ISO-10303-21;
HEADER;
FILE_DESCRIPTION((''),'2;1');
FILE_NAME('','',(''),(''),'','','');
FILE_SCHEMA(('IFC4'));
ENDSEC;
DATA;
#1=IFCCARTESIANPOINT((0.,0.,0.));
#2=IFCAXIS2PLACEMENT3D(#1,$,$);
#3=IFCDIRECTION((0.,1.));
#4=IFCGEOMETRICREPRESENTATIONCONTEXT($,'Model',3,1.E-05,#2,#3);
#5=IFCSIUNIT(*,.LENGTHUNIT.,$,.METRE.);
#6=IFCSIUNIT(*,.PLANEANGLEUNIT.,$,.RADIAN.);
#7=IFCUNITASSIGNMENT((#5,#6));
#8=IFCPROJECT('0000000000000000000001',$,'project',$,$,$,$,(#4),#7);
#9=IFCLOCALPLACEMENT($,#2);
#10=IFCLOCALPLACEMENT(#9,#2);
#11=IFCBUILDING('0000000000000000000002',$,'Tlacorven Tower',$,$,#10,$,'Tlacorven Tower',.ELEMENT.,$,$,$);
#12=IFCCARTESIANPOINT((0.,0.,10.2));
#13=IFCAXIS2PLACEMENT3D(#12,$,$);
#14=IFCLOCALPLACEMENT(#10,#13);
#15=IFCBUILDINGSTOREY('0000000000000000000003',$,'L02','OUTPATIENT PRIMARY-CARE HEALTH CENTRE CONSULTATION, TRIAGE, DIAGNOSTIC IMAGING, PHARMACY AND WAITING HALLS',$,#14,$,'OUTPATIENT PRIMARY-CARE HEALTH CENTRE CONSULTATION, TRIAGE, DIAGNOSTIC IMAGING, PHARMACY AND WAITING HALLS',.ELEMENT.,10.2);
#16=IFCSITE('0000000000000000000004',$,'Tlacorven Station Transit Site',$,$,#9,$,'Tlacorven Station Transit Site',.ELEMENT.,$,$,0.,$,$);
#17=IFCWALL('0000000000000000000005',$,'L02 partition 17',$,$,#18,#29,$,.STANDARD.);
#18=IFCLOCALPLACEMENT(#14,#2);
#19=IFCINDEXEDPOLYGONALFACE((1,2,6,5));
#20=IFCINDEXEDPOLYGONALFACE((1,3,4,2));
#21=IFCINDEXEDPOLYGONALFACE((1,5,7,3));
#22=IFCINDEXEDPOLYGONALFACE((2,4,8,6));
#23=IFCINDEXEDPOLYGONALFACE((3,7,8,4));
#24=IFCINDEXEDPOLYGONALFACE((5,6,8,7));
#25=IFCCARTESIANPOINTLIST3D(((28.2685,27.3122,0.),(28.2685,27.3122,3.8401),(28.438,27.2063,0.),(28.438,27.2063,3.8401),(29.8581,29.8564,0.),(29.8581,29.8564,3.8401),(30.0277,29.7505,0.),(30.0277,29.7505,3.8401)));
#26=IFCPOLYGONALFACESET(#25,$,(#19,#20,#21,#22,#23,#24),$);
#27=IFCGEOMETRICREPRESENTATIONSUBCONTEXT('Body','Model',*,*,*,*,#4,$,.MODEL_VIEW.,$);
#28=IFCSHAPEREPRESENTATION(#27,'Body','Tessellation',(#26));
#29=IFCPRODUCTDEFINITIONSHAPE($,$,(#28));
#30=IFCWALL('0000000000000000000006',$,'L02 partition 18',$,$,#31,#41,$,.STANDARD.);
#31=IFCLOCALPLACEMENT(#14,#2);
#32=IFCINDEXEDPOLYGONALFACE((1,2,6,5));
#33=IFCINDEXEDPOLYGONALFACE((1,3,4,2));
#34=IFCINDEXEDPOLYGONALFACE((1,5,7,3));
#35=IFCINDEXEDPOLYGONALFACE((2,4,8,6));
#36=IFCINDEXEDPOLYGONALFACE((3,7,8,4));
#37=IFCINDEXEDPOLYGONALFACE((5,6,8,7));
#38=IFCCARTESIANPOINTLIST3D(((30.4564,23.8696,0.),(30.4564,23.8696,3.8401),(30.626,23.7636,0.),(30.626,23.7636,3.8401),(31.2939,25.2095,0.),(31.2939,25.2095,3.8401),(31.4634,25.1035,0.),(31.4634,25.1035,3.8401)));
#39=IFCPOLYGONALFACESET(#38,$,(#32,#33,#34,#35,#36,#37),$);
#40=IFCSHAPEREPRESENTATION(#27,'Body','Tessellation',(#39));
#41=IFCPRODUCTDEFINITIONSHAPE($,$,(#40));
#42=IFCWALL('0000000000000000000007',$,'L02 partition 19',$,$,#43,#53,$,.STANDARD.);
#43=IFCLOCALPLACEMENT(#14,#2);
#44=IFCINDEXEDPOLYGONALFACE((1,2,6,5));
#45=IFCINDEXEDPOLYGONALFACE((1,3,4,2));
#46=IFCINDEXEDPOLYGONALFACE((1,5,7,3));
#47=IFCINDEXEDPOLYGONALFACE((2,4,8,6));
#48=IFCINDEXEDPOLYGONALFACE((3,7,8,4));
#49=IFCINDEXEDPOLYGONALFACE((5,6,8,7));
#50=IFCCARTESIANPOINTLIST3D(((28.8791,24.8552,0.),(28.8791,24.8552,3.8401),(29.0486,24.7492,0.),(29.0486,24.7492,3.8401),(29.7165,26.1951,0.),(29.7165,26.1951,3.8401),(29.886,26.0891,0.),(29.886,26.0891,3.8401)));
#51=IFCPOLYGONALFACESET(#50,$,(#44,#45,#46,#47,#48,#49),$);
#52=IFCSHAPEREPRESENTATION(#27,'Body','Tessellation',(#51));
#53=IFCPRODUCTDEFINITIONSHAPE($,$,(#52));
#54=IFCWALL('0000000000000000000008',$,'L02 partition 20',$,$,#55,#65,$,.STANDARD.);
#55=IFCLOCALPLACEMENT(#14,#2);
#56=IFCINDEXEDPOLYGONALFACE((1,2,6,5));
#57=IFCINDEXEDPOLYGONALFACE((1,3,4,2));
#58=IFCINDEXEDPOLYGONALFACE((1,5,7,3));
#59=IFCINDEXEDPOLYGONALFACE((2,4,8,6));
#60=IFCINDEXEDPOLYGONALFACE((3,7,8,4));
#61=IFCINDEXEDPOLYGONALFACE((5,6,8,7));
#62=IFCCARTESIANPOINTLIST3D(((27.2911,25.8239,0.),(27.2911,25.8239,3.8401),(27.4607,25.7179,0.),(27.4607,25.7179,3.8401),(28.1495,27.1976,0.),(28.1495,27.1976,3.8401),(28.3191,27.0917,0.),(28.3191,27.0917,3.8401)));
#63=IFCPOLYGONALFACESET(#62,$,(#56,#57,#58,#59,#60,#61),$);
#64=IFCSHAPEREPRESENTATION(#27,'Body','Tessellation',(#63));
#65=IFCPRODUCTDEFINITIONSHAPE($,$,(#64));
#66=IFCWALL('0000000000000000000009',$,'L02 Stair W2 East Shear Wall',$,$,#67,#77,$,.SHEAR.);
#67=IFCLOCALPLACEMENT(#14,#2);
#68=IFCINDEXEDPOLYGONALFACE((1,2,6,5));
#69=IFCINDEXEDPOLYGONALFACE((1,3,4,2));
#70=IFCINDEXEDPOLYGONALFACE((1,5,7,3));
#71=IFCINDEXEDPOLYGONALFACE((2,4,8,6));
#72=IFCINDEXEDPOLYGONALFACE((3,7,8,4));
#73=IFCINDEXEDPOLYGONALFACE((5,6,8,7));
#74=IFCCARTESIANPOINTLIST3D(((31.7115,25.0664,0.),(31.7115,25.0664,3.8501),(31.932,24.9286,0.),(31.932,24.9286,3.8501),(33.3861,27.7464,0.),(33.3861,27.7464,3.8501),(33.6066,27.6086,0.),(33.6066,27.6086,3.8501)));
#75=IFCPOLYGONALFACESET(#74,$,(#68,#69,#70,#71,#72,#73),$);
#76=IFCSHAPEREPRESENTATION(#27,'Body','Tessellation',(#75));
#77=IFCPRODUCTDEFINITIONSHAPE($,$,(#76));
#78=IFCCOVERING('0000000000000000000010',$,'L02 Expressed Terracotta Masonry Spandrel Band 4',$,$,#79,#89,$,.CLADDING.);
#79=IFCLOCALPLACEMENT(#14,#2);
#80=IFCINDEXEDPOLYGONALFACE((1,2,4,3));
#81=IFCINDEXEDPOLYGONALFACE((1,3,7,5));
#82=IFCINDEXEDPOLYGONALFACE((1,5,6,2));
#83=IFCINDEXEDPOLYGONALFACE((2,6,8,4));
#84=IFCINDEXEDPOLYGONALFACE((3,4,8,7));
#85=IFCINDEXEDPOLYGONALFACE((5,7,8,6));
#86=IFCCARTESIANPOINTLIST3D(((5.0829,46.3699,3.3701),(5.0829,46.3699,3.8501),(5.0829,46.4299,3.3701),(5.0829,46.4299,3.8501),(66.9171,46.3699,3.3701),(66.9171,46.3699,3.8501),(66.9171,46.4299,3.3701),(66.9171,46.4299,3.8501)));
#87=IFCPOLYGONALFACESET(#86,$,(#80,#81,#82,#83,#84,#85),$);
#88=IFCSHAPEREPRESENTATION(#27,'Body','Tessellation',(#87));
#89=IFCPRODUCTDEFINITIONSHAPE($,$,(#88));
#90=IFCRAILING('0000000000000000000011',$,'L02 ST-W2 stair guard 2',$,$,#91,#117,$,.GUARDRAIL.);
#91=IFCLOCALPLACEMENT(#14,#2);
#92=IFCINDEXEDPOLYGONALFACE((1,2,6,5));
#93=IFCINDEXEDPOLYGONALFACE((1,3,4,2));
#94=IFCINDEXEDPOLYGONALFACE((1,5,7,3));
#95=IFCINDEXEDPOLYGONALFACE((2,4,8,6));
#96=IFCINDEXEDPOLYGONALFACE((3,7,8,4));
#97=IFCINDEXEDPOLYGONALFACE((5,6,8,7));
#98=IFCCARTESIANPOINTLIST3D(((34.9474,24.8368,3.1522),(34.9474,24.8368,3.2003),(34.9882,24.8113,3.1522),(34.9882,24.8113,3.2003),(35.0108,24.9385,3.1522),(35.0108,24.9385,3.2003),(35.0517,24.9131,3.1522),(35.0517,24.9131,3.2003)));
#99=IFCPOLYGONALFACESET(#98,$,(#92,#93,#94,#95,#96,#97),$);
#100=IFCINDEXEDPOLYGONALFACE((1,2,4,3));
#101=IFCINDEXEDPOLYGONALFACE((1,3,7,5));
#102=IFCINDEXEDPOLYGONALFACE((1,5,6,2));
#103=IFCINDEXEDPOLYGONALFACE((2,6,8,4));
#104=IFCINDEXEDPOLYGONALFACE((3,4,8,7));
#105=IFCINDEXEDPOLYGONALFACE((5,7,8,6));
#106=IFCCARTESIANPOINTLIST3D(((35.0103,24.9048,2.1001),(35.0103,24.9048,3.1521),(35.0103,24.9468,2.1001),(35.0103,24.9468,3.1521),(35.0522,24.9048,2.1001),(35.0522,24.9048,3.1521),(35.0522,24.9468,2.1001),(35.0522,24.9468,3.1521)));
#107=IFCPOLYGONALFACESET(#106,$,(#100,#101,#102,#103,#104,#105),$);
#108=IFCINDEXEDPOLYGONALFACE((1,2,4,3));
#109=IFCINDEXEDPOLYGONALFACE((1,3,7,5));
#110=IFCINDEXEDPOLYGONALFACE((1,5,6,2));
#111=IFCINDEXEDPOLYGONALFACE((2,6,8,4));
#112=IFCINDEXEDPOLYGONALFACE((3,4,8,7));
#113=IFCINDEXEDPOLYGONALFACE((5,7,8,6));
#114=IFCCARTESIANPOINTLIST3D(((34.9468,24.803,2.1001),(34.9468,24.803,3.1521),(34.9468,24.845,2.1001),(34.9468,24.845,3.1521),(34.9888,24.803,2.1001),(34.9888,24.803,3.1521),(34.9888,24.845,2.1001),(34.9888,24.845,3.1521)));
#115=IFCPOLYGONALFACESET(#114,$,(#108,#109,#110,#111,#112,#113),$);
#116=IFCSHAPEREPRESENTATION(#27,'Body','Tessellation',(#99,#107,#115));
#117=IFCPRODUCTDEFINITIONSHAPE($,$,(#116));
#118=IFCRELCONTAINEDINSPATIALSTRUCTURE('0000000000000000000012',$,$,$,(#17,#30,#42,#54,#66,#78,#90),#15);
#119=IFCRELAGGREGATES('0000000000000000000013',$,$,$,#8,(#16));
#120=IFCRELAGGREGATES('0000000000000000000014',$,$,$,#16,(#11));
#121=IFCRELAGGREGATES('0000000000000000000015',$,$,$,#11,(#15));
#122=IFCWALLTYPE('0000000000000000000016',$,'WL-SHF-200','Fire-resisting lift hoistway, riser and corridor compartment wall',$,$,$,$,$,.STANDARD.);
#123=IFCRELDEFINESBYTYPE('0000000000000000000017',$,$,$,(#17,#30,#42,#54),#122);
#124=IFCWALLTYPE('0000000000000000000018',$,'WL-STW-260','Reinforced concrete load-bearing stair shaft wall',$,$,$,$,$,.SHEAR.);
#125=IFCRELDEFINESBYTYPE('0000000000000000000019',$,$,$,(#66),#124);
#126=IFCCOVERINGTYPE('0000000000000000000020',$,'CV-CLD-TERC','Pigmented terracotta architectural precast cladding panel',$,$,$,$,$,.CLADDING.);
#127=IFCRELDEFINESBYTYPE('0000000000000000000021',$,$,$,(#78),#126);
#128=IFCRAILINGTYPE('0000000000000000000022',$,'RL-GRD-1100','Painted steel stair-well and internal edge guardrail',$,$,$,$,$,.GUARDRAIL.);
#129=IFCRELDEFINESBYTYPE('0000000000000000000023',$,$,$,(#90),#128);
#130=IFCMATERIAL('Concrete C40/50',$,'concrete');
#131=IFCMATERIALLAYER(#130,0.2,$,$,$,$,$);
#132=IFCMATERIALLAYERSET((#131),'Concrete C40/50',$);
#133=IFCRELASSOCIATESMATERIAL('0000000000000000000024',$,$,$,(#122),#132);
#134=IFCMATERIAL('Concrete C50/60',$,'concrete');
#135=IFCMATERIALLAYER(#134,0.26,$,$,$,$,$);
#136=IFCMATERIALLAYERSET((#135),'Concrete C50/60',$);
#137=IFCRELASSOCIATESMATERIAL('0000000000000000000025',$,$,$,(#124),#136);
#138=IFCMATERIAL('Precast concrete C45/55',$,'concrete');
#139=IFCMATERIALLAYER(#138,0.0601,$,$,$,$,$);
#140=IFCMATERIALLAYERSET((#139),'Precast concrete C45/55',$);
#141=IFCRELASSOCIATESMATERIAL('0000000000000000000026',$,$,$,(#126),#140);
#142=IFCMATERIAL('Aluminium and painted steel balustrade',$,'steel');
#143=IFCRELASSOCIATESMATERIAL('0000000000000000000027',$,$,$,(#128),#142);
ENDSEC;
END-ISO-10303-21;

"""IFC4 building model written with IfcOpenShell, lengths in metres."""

from ifc_helpers import new_model, si_unit, direction, frame, frame_2d, origin, origin_2d, place, context, subcontext, project, spatial, rectangle, extrude, source, transform, mapped, material, layer, layer_set, type_object, element, save


model = new_model("IFC4")

# Units and contexts
model_context = context("Model", 3, precision=1e-05, world=origin(), true_north=direction((0.0, 1.0)))
body_context = subcontext(model_context, "Body", "Model", "MODEL_VIEW")
ifc_project = project(units=[si_unit("LENGTHUNIT", "METRE"), si_unit("PLANEANGLEUNIT", "RADIAN")], contexts=[model_context])

# Site, building, storey
site_placement = place(None, origin())
site = spatial("IfcSite", under=ifc_project, at=site_placement, Name="Tlacorven Station Transit Site", LongName="Tlacorven Station Transit Site", CompositionType="ELEMENT", RefElevation=0.0)
building_placement = place(site_placement, origin())
building = spatial("IfcBuilding", under=site, at=building_placement, Name="Tlacorven Tower", LongName="Tlacorven Tower", CompositionType="ELEMENT")
storey_placement = place(building_placement, frame((0.0, 0.0, 10.2)))
storey = spatial("IfcBuildingStorey", under=building, at=storey_placement, Name="L02", Description="OUTPATIENT PRIMARY-CARE HEALTH CENTRE CONSULTATION, TRIAGE, DIAGNOSTIC IMAGING, PHARMACY AND WAITING HALLS", LongName="OUTPATIENT PRIMARY-CARE HEALTH CENTRE CONSULTATION, TRIAGE, DIAGNOSTIC IMAGING, PHARMACY AND WAITING HALLS", CompositionType="ELEMENT", Elevation=10.2)

# Walls
ifc_material_1 = material(Name="Concrete C40/50", Category="concrete")
ifc_layer_1 = layer(ifc_material_1, 0.2)
ifc_layer_set_1 = layer_set([ifc_layer_1], Name="Concrete C40/50")
wall_type_1 = type_object("IfcWallType", Name="WL-SHF-200", Description="Fire-resisting lift hoistway, riser and corridor compartment wall", PredefinedType="STANDARD", material=ifc_layer_set_1)
wall_1_placement = place(storey_placement, frame((29.9429, 29.8035, 0.0), z_axis=(0.0, 0.0, 1.0), x_axis=(-0.529875, -0.848076, 0.0)))
element("IfcWall", 1, at=wall_1_placement, inside=storey, type_object=wall_type_1, Name="L02 partition 17", PredefinedType="STANDARD", context=body_context, shape_type="SweptSolid", body=[
    extrude(rectangle(XDim=3.0, YDim=0.2, at=frame_2d((1.5, 0.0))), origin(), (0.0, 0.0, 1.0), 3.8401),
])
for number, where, z_axis, x_axis, name in (
    (2, (31.3787, 25.1565, 0.0), (0.0, 0.0, 1.0), (-0.529999, -0.847998, 0.0), "L02 partition 18"),
    (3, (29.8013, 26.1421, 0.0), (0.0, 0.0, 1.0), (-0.529999, -0.847998, 0.0), "L02 partition 19"),
):
    element("IfcWall", number, at=place(storey_placement, frame(where, z_axis=z_axis, x_axis=x_axis)), inside=storey, type_object=wall_type_1, Name=name, PredefinedType="STANDARD", context=body_context, shape_type="SweptSolid", body=[
        extrude(rectangle(XDim=1.5801, YDim=0.2, at=frame_2d((0.79, 0.0))), origin(), (0.0, 0.0, 1.0), 3.8401),
    ])
wall_2_placement = place(storey_placement, frame((28.2344, 27.1448, 0.0), z_axis=(0.0, 0.0, 1.0), x_axis=(-0.529904, -0.848058, 0.0)))
element("IfcWall", 4, at=wall_2_placement, inside=storey, type_object=wall_type_1, Name="L02 partition 20", PredefinedType="STANDARD", context=body_context, shape_type="SweptSolid", body=[
    extrude(rectangle(XDim=1.6199, YDim=0.2, at=frame_2d((0.8101, 0.0))), origin(), (0.0, 0.0, 1.0), 3.8401),
])
ifc_material_2 = material(Name="Concrete C50/60", Category="concrete")
ifc_layer_2 = layer(ifc_material_2, 0.26)
ifc_layer_set_2 = layer_set([ifc_layer_2], Name="Concrete C50/60")
wall_type_2 = type_object("IfcWallType", Name="WL-STW-260", Description="Reinforced concrete load-bearing stair shaft wall", PredefinedType="SHEAR", material=ifc_layer_set_2)
wall_3_placement = place(storey_placement, frame((33.4963, 27.6775, 0.0), z_axis=(0.0, 0.0, 1.0), x_axis=(-0.529909, -0.848055, 0.0)))
element("IfcWall", 5, at=wall_3_placement, inside=storey, type_object=wall_type_2, Name="L02 Stair W2 East Shear Wall", PredefinedType="SHEAR", context=body_context, shape_type="SweptSolid", body=[
    extrude(rectangle(XDim=3.1602, YDim=0.26, at=frame_2d((1.5801, 0.0))), origin(), (0.0, 0.0, 1.0), 3.8501),
])

# Covering
ifc_material_3 = material(Name="Precast concrete C45/55", Category="concrete")
ifc_layer_3 = layer(ifc_material_3, 0.0601)
ifc_layer_set_3 = layer_set([ifc_layer_3], Name="Precast concrete C45/55")
covering_type = type_object("IfcCoveringType", Name="CV-CLD-TERC", Description="Pigmented terracotta architectural precast cladding panel", PredefinedType="CLADDING", material=ifc_layer_set_3)
shared_shape_1 = source(origin(), body_context, "Body", "SweptSolid", [
    extrude(rectangle(XDim=61.8342, YDim=0.0601, at=origin_2d()), origin(), (0.0, 0.0, 1.0), 0.48),
])
covering_placement = place(storey_placement, frame((36.0, 46.3999, 3.3701), z_axis=(0.0, 0.0, 1.0), x_axis=(1.0, 0.0, 0.0)))
element("IfcCovering", 6, at=covering_placement, inside=storey, type_object=covering_type, Name="L02 Expressed Terracotta Masonry Spandrel Band 4", PredefinedType="CLADDING", context=body_context, shape_type="MappedRepresentation", body=[
    mapped(shared_shape_1, transform((0.0, 0.0, 0.0), scale=1.0)),
])

# Railing
ifc_material_4 = material(Name="Aluminium and painted steel balustrade", Category="steel")
railing_type = type_object("IfcRailingType", Name="RL-GRD-1100", Description="Painted steel stair-well and internal edge guardrail", PredefinedType="GUARDRAIL", material=ifc_material_4)
shared_shape_2 = source(origin(), body_context, "Body", "SweptSolid", [
    extrude(rectangle(XDim=0.0481, YDim=0.0481, at=origin_2d()), frame((0.0, 0.0, 1.0762), z_axis=(-0.529084, -0.848569, 0.0), x_axis=(0.848569, -0.529084, 0.0)), (0.0, 0.0, 1.0), 0.1199),
    extrude(rectangle(XDim=0.042, YDim=0.042, at=origin_2d()), origin(), (0.0, 0.0, 1.0), 1.052),
    extrude(rectangle(XDim=0.042, YDim=0.042, at=origin_2d()), frame((-0.0635, -0.1018, 0.0)), (0.0, 0.0, 1.0), 1.052),
])
railing_placement = place(storey_placement, frame((35.0312, 24.9258, 2.1001)))
element("IfcRailing", 7, at=railing_placement, inside=storey, type_object=railing_type, Name="L02 ST-W2 stair guard 2", PredefinedType="GUARDRAIL", context=body_context, shape_type="MappedRepresentation", body=[
    mapped(shared_shape_2, transform((0.0, 0.0, 0.0), scale=1.0)),
])

save(model, "model.ifc")
